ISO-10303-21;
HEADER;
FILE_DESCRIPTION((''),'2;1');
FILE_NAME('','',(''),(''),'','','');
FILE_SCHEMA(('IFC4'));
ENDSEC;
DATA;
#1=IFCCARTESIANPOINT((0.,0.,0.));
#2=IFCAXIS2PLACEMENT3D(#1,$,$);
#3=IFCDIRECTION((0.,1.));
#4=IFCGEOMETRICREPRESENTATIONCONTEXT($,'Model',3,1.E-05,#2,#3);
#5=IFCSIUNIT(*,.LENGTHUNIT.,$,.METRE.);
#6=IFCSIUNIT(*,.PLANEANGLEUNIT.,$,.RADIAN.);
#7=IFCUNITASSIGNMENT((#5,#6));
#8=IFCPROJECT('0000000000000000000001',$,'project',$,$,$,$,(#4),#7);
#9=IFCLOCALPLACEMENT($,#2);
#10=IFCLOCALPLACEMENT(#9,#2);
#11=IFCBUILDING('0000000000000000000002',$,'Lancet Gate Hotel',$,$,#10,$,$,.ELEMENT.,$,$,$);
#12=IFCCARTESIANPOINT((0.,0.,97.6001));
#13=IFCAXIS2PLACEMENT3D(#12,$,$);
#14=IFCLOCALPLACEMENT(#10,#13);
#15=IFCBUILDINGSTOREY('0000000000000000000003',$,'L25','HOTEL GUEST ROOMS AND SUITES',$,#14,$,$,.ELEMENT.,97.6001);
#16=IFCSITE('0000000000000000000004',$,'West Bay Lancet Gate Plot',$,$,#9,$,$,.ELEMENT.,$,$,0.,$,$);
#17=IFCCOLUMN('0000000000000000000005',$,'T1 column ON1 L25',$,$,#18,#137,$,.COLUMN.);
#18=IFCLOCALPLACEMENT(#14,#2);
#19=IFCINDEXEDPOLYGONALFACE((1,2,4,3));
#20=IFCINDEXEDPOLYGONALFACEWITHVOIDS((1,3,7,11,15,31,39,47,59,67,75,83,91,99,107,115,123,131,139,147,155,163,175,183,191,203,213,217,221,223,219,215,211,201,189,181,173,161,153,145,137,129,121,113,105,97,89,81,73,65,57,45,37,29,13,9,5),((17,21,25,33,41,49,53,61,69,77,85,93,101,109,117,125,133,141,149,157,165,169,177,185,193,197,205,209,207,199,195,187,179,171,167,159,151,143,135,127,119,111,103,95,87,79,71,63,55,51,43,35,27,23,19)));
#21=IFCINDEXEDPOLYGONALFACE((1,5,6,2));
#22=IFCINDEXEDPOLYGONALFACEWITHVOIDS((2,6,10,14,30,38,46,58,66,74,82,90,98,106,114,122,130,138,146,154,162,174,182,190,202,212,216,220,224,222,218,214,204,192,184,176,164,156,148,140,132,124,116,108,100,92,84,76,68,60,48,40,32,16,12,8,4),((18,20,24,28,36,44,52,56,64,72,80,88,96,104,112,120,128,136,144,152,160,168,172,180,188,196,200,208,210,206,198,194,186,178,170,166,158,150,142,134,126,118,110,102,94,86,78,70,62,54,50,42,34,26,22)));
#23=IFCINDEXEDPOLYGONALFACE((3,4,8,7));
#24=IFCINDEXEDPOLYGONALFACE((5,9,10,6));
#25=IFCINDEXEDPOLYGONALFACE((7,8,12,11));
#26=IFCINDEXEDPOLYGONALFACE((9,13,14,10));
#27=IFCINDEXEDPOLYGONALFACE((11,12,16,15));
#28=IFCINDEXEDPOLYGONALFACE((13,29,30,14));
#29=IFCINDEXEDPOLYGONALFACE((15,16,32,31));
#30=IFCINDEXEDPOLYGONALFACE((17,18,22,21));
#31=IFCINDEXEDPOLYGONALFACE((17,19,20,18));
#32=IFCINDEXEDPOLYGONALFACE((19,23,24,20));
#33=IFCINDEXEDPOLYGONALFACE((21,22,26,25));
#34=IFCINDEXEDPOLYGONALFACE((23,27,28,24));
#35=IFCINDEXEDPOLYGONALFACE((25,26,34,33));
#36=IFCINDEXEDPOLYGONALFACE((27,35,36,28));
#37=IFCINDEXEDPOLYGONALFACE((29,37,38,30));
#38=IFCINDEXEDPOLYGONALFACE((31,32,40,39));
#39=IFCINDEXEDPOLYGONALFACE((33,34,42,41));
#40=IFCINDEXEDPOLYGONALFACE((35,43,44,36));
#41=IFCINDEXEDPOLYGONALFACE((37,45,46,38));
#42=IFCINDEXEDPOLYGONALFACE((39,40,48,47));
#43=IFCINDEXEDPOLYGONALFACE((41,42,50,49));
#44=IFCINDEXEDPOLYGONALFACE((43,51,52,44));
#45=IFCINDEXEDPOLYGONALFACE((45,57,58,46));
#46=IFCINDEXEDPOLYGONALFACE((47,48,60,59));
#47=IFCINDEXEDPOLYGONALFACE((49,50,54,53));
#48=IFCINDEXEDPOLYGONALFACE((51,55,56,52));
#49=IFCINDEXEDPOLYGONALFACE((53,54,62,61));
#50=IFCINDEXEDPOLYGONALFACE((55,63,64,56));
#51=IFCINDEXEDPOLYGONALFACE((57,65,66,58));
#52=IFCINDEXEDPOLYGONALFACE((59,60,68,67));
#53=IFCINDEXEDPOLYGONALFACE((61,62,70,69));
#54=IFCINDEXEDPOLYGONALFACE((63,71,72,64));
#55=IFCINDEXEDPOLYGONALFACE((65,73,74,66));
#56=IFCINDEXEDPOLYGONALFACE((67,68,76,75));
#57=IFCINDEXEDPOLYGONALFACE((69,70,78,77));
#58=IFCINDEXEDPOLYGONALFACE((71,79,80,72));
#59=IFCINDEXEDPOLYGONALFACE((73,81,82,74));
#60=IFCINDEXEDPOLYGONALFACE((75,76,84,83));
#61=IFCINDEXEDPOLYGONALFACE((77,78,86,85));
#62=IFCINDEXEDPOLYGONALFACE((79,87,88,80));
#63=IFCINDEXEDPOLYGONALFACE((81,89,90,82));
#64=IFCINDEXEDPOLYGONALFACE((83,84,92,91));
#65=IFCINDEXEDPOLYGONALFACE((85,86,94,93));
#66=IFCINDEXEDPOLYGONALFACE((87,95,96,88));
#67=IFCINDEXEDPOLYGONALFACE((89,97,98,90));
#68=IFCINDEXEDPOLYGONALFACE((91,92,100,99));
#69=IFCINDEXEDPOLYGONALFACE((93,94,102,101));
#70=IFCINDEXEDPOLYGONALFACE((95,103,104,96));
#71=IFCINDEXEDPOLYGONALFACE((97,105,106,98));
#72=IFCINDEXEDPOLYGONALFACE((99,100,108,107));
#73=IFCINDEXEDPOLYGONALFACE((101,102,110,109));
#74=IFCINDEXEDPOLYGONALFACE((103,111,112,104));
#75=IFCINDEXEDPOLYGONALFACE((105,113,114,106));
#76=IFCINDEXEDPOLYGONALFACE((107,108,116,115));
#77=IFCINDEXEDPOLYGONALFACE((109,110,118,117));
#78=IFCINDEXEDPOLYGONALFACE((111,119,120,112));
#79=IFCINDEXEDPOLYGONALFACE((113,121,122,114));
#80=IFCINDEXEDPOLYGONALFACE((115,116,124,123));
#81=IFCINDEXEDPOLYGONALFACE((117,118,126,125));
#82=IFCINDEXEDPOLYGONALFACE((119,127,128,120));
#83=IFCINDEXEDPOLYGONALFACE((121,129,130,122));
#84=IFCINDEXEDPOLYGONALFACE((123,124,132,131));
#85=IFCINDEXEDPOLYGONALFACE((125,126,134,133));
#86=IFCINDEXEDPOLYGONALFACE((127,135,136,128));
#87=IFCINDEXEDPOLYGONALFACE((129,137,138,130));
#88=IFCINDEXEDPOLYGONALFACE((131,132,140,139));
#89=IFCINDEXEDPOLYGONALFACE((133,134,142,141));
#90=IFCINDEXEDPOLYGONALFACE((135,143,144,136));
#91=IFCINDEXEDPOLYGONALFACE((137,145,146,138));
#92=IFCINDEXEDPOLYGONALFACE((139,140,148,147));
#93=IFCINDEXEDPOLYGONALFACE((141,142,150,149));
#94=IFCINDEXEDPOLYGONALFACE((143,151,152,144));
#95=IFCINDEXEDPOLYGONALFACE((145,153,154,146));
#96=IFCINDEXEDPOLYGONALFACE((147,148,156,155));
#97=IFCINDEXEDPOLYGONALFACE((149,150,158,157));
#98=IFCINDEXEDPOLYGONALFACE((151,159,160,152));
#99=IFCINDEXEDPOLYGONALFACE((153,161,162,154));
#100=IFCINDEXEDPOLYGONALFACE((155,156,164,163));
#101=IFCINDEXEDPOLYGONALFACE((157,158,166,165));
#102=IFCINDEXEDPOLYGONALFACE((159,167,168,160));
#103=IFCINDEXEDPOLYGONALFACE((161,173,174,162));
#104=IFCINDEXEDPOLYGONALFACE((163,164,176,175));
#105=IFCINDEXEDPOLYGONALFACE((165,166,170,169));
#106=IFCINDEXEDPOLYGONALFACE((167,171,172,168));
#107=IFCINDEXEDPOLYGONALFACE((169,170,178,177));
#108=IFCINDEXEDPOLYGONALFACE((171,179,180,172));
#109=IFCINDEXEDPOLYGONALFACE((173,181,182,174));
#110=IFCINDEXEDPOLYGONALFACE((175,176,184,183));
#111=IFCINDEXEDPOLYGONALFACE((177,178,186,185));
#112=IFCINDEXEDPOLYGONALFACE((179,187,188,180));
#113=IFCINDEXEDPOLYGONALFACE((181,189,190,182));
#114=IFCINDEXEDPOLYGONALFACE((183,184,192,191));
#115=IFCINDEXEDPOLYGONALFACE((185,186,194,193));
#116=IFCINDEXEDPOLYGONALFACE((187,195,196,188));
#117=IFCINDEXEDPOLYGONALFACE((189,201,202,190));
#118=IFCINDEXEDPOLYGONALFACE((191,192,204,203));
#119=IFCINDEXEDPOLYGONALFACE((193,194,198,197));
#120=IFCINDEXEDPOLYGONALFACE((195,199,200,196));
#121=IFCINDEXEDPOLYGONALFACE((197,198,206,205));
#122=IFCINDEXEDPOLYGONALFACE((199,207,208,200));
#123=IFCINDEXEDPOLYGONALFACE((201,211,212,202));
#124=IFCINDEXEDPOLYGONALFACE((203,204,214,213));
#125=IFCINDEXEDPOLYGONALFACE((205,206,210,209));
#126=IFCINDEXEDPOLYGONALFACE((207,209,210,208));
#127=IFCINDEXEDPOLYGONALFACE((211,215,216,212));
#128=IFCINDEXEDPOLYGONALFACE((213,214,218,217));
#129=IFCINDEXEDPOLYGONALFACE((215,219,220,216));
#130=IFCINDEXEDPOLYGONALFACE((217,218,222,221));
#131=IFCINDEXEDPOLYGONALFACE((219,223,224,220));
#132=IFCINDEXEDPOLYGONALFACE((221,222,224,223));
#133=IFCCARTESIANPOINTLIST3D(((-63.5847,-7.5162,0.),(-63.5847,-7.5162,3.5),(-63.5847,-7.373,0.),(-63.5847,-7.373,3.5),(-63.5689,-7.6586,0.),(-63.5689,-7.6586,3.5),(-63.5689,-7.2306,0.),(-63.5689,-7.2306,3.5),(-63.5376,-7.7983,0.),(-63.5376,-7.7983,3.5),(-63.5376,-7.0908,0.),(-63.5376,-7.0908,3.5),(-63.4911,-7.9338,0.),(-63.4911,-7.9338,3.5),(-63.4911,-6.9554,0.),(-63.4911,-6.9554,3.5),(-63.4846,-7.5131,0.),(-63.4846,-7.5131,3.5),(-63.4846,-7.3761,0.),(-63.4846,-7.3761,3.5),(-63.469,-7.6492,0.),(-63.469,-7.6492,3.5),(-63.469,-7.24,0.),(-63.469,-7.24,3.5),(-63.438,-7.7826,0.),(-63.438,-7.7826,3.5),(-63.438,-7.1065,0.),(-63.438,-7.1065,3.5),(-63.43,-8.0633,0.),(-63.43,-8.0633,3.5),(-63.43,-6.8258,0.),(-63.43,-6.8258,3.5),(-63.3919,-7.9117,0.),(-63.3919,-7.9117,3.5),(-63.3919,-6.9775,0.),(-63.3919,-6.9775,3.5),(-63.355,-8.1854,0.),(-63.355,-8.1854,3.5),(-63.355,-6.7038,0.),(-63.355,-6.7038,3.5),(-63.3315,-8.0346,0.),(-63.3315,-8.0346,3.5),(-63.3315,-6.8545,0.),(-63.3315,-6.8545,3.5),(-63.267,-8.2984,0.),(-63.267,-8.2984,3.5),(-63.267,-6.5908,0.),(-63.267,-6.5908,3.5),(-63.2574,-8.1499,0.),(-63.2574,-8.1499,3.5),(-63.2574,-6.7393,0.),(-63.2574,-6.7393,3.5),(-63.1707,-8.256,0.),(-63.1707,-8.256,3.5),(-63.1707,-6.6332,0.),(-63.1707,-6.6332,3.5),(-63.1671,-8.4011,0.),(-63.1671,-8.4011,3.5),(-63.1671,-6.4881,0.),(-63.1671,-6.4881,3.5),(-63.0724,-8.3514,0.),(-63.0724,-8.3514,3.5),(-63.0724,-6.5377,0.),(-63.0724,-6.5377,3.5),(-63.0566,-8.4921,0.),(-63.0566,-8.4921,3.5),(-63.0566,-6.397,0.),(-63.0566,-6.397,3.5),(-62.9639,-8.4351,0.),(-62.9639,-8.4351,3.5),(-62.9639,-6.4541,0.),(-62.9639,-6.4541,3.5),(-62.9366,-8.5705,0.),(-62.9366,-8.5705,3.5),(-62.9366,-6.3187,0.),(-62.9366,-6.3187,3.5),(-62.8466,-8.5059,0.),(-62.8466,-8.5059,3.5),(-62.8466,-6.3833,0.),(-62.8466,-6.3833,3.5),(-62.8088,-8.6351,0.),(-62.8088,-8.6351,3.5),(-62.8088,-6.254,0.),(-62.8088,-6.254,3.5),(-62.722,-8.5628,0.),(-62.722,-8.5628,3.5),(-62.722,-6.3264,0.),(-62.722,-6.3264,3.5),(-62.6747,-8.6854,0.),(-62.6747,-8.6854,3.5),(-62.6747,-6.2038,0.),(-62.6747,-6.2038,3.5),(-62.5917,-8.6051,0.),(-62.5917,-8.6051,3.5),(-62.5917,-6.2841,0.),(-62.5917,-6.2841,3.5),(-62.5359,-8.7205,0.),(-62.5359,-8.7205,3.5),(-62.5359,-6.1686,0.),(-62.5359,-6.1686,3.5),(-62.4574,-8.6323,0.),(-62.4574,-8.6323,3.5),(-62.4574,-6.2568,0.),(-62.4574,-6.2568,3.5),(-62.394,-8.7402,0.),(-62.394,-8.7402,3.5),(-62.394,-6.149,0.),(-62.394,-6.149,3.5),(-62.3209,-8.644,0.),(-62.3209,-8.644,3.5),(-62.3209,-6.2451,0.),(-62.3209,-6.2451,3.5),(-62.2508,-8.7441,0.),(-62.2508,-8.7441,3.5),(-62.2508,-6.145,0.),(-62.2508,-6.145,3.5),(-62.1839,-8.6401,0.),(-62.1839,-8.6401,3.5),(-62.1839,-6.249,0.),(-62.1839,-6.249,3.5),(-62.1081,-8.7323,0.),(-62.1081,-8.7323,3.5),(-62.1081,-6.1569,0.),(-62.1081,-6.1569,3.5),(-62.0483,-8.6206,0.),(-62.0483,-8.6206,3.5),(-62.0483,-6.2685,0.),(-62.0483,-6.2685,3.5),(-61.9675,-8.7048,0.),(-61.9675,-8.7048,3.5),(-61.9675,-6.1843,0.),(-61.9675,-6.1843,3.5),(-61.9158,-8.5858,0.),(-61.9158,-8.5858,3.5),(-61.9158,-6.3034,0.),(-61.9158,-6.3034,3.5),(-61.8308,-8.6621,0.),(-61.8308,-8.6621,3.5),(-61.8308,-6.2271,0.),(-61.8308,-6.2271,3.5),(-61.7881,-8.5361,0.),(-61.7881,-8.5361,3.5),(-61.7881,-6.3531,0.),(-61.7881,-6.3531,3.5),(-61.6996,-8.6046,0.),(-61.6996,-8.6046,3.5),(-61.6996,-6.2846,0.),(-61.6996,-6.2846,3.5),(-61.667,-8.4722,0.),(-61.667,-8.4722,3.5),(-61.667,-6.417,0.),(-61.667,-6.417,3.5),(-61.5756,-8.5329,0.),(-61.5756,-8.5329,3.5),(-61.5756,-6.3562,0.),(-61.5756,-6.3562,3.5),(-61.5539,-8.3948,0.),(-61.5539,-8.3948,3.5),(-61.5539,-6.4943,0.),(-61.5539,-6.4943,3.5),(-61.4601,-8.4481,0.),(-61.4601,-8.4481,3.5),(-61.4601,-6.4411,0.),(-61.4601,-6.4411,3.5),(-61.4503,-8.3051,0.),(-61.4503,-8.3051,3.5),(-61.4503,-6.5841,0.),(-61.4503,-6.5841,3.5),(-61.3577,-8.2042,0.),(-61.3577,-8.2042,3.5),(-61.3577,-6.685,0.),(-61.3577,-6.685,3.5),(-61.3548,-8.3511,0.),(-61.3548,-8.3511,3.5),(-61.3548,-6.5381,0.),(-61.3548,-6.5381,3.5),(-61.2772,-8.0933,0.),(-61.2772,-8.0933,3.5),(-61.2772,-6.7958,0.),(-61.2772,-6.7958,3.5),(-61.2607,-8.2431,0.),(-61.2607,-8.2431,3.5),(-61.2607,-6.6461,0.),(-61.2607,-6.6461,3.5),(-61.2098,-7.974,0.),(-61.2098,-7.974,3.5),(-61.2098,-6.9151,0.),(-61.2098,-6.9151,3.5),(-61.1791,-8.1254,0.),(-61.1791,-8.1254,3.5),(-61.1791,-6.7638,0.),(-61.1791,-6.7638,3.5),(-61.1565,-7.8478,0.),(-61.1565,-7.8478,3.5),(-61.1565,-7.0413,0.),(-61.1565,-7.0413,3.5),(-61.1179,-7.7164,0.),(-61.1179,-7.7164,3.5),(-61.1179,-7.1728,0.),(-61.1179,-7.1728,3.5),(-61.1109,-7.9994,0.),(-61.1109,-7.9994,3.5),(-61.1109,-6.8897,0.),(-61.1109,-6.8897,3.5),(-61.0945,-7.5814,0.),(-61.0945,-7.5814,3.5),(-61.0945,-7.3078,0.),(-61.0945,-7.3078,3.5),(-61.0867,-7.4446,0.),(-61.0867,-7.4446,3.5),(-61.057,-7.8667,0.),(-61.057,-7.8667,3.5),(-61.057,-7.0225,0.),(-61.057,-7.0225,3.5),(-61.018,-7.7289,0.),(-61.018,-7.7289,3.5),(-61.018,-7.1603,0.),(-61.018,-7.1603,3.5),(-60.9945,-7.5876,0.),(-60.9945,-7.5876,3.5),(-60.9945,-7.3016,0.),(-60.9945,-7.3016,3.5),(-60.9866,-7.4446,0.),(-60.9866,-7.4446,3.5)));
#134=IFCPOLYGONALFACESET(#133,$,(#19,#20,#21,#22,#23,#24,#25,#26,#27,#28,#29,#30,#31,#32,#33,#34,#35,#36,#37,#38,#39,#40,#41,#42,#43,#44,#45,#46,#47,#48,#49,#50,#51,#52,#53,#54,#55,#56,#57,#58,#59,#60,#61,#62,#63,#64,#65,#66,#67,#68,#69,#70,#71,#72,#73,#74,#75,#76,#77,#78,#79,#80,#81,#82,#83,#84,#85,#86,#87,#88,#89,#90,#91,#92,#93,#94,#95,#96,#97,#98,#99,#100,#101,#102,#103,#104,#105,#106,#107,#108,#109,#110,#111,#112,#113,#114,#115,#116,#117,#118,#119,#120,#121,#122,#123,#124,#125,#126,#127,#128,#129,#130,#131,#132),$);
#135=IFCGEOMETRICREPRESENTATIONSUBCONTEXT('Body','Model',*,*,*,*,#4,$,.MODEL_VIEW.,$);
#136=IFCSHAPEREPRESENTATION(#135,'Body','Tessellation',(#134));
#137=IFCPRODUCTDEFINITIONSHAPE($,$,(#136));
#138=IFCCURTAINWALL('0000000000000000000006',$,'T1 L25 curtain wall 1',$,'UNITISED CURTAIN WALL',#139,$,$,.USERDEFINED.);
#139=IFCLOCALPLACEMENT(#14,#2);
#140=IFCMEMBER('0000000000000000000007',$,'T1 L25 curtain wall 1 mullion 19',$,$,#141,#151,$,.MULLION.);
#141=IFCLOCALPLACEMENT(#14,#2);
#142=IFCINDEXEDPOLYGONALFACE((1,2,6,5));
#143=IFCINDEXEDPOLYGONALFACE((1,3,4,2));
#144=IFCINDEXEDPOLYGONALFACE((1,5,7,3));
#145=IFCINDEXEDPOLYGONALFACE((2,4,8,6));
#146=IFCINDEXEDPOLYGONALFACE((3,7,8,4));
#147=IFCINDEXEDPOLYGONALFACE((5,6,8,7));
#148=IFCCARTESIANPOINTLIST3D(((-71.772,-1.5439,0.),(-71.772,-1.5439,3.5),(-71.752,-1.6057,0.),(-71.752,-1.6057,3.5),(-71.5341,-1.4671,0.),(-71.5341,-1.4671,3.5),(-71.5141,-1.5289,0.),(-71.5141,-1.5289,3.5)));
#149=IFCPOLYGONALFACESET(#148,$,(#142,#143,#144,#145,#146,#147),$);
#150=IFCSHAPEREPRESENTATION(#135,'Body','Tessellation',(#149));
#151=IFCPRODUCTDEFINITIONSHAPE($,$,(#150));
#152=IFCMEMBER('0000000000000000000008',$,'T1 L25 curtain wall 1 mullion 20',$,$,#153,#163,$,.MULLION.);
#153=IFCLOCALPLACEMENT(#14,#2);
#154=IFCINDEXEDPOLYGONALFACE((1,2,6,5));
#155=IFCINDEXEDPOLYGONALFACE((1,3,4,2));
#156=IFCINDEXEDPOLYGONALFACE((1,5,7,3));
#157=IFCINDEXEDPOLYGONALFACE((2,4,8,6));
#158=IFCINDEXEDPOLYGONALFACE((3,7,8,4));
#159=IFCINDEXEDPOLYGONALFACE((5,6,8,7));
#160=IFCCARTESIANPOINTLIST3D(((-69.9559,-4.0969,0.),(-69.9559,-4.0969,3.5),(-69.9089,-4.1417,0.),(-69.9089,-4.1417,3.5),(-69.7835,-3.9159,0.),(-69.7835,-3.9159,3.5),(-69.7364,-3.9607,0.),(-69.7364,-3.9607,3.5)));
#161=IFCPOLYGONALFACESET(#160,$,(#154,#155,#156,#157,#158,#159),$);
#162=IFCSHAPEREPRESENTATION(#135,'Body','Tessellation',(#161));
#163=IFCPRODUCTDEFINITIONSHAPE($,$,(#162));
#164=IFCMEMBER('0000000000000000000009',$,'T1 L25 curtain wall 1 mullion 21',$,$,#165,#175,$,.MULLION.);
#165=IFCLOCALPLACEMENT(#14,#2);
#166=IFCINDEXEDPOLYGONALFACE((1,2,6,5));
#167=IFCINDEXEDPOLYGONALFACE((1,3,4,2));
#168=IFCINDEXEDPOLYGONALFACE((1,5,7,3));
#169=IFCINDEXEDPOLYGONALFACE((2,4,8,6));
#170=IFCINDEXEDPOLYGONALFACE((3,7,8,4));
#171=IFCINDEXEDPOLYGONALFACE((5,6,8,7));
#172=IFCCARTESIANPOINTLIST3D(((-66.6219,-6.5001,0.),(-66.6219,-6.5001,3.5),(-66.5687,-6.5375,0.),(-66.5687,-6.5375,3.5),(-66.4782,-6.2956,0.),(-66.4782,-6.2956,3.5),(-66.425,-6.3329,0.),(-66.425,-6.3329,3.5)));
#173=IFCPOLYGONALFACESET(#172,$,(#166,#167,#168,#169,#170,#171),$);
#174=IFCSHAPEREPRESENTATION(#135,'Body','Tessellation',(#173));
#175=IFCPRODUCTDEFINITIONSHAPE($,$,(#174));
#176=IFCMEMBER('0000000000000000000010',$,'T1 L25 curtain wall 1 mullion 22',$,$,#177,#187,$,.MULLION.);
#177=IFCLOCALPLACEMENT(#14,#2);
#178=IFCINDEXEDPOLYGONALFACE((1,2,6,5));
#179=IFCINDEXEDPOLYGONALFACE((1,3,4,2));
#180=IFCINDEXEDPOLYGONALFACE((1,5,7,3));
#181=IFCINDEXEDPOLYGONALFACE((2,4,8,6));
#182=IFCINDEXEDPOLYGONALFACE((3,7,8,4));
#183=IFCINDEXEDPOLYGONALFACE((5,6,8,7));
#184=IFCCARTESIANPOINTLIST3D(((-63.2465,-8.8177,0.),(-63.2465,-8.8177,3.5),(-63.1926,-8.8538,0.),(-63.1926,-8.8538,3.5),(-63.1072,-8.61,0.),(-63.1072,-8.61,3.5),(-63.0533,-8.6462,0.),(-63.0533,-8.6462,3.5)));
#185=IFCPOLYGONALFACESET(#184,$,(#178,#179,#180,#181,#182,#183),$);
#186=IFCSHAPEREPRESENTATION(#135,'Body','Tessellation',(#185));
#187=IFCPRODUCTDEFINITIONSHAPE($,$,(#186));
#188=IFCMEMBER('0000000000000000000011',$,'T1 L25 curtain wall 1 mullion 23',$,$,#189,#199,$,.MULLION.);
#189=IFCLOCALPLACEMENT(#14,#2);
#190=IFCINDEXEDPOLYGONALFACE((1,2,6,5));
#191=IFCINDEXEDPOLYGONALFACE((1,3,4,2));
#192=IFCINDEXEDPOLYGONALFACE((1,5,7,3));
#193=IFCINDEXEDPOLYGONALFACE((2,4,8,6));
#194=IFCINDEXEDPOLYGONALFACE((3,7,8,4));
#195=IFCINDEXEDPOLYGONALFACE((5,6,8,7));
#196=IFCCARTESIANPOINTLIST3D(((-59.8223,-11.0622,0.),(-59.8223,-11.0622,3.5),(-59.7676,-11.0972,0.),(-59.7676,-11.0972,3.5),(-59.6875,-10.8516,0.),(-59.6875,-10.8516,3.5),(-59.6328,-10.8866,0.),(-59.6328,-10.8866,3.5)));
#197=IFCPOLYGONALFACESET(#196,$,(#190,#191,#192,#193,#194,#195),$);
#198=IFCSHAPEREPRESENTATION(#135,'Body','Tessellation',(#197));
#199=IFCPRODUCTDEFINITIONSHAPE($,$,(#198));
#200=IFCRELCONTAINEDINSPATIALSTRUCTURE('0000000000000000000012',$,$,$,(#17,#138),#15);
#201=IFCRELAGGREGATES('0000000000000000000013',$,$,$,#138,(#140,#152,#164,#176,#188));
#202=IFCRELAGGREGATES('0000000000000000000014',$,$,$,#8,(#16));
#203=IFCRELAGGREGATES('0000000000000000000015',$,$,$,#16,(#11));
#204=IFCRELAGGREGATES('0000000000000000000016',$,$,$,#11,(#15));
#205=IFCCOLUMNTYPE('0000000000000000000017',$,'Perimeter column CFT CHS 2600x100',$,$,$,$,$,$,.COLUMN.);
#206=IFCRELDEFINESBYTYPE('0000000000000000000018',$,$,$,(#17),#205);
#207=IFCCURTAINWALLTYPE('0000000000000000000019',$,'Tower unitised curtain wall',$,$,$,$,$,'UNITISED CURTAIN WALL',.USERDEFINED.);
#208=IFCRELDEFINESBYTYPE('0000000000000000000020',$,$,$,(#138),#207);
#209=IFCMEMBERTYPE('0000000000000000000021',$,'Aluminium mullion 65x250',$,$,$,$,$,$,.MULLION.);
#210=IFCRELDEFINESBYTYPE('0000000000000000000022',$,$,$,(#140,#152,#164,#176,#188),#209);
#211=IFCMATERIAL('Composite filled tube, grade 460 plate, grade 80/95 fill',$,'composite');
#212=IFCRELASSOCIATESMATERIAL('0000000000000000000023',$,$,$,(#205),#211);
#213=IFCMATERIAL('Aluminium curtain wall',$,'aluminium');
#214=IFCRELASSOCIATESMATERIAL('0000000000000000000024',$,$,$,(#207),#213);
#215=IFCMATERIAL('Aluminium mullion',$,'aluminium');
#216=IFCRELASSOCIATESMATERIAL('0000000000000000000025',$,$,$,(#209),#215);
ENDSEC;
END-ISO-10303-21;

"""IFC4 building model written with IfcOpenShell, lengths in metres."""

from ifc_helpers import new_model, si_unit, direction, frame, origin, origin_2d, place, context, subcontext, project, spatial, rectangle, hollow_circle, extrude, material, material_profile, profile_set, type_object, element, aggregate, save


model = new_model("IFC4")

# Units and contexts
model_context = context("Model", 3, precision=1e-05, world=origin(), true_north=direction((0.0, 1.0)))
body_context = subcontext(model_context, "Body", "Model", "MODEL_VIEW")
ifc_project = project(units=[si_unit("LENGTHUNIT", "METRE"), si_unit("PLANEANGLEUNIT", "RADIAN")], contexts=[model_context])

# Site, building, storey
site_placement = place(None, origin())
site = spatial("IfcSite", under=ifc_project, at=site_placement, Name="West Bay Lancet Gate Plot", CompositionType="ELEMENT", RefElevation=0.0)
building_placement = place(site_placement, origin())
building = spatial("IfcBuilding", under=site, at=building_placement, Name="Lancet Gate Hotel", CompositionType="ELEMENT")
storey_placement = place(building_placement, frame((0.0, 0.0, 97.6001)))
storey = spatial("IfcBuildingStorey", under=building, at=storey_placement, Name="L25", Description="HOTEL GUEST ROOMS AND SUITES", CompositionType="ELEMENT", Elevation=97.6001)

# Column
ifc_material_1 = material(Name="Composite filled tube, grade 460 plate, grade 80/95 fill", Category="composite")
ifc_material_profile_1 = material_profile(ifc_material_1, hollow_circle(Radius=1.3, WallThickness=0.1001, at=origin_2d()), Name="CHS 2600x100")
ifc_profile_set_1 = profile_set([ifc_material_profile_1], Name="Composite filled tube, grade 460 plate, grade 80/95 fill")
column_type_1 = type_object("IfcColumnType", Name="Perimeter column CFT CHS 2600x100", PredefinedType="COLUMN", material=ifc_profile_set_1)
column_1_placement = place(storey_placement, frame((-62.2866, -7.4446, 0.0), z_axis=(0.0, 0.0, 1.0), x_axis=(1.0, 0.0, 0.0)))
element("IfcColumn", 1, at=column_1_placement, inside=storey, type_object=column_type_1, Name="T1 column ON1 L25", PredefinedType="COLUMN", context=body_context, shape_type="SweptSolid", body=[
    extrude(hollow_circle(Radius=1.3, WallThickness=0.1001, at=origin_2d()), origin(), (0.0, 0.0, 1.0), 3.5),
])

# Curtain wall, members
ifc_material_2 = material(Name="Aluminium curtain wall", Category="aluminium")
curtain_wall_type = type_object("IfcCurtainWallType", Name="Tower unitised curtain wall", ElementType="UNITISED CURTAIN WALL", PredefinedType="USERDEFINED", material=ifc_material_2)
curtain_wall_placement = place(storey_placement, origin())
curtain_wall = element("IfcCurtainWall", 2, at=curtain_wall_placement, inside=storey, type_object=curtain_wall_type, Name="T1 L25 curtain wall 1", ObjectType="UNITISED CURTAIN WALL", PredefinedType="USERDEFINED")
ifc_material_3 = material(Name="Aluminium mullion", Category="aluminium")
ifc_material_profile_2 = material_profile(ifc_material_3, rectangle(XDim=0.0649, YDim=0.25, at=origin_2d()), Name="MULLION 65x250")
ifc_profile_set_2 = profile_set([ifc_material_profile_2], Name="Aluminium mullion")
member_type_1 = type_object("IfcMemberType", Name="Aluminium mullion 65x250", PredefinedType="MULLION", material=ifc_profile_set_2)
member_1_placement = place(storey_placement, frame((-71.6431, -1.5364, 0.0), z_axis=(0.0, 0.0, 1.0), x_axis=(0.307269, -0.951623, 0.0)))
member_1 = element("IfcMember", 3, at=member_1_placement, type_object=member_type_1, Name="T1 L25 curtain wall 1 mullion 19", PredefinedType="MULLION", context=body_context, shape_type="SweptSolid", body=[
    extrude(rectangle(XDim=0.0649, YDim=0.25, at=origin_2d()), origin(), (0.0, 0.0, 1.0), 3.5),
])
member_2_placement = place(storey_placement, frame((-69.8462, -4.0288, 0.0), z_axis=(0.0, 0.0, 1.0), x_axis=(0.723846, -0.689961, 0.0)))
member_2 = element("IfcMember", 4, at=member_2_placement, type_object=member_type_1, Name="T1 L25 curtain wall 1 mullion 20", PredefinedType="MULLION", context=body_context, shape_type="SweptSolid", body=[
    extrude(rectangle(XDim=0.0649, YDim=0.25, at=origin_2d()), origin(), (0.0, 0.0, 1.0), 3.5),
])
member_3_placement = place(storey_placement, frame((-66.5234, -6.4165, 0.0), z_axis=(0.0, 0.0, 1.0), x_axis=(0.818327, -0.574753, 0.0)))
member_3 = element("IfcMember", 5, at=member_3_placement, type_object=member_type_1, Name="T1 L25 curtain wall 1 mullion 21", PredefinedType="MULLION", context=body_context, shape_type="SweptSolid", body=[
    extrude(rectangle(XDim=0.0649, YDim=0.25, at=origin_2d()), origin(), (0.0, 0.0, 1.0), 3.5),
])
member_4_placement = place(storey_placement, frame((-63.1499, -8.7319, 0.0), z_axis=(0.0, 0.0, 1.0), x_axis=(0.83051, -0.557004, 0.0)))
member_4 = element("IfcMember", 6, at=member_4_placement, type_object=member_type_1, Name="T1 L25 curtain wall 1 mullion 22", PredefinedType="MULLION", context=body_context, shape_type="SweptSolid", body=[
    extrude(rectangle(XDim=0.0649, YDim=0.25, at=origin_2d()), origin(), (0.0, 0.0, 1.0), 3.5),
])
member_5_placement = place(storey_placement, frame((-59.7275, -10.9744, 0.0), z_axis=(0.0, 0.0, 1.0), x_axis=(0.842308, -0.538996, 0.0)))
member_5 = element("IfcMember", 7, at=member_5_placement, type_object=member_type_1, Name="T1 L25 curtain wall 1 mullion 23", PredefinedType="MULLION", context=body_context, shape_type="SweptSolid", body=[
    extrude(rectangle(XDim=0.0649, YDim=0.25, at=origin_2d()), origin(), (0.0, 0.0, 1.0), 3.5),
])

aggregate(curtain_wall, [member_1, member_2, member_3, member_4, member_5])

save(model, "model.ifc")
